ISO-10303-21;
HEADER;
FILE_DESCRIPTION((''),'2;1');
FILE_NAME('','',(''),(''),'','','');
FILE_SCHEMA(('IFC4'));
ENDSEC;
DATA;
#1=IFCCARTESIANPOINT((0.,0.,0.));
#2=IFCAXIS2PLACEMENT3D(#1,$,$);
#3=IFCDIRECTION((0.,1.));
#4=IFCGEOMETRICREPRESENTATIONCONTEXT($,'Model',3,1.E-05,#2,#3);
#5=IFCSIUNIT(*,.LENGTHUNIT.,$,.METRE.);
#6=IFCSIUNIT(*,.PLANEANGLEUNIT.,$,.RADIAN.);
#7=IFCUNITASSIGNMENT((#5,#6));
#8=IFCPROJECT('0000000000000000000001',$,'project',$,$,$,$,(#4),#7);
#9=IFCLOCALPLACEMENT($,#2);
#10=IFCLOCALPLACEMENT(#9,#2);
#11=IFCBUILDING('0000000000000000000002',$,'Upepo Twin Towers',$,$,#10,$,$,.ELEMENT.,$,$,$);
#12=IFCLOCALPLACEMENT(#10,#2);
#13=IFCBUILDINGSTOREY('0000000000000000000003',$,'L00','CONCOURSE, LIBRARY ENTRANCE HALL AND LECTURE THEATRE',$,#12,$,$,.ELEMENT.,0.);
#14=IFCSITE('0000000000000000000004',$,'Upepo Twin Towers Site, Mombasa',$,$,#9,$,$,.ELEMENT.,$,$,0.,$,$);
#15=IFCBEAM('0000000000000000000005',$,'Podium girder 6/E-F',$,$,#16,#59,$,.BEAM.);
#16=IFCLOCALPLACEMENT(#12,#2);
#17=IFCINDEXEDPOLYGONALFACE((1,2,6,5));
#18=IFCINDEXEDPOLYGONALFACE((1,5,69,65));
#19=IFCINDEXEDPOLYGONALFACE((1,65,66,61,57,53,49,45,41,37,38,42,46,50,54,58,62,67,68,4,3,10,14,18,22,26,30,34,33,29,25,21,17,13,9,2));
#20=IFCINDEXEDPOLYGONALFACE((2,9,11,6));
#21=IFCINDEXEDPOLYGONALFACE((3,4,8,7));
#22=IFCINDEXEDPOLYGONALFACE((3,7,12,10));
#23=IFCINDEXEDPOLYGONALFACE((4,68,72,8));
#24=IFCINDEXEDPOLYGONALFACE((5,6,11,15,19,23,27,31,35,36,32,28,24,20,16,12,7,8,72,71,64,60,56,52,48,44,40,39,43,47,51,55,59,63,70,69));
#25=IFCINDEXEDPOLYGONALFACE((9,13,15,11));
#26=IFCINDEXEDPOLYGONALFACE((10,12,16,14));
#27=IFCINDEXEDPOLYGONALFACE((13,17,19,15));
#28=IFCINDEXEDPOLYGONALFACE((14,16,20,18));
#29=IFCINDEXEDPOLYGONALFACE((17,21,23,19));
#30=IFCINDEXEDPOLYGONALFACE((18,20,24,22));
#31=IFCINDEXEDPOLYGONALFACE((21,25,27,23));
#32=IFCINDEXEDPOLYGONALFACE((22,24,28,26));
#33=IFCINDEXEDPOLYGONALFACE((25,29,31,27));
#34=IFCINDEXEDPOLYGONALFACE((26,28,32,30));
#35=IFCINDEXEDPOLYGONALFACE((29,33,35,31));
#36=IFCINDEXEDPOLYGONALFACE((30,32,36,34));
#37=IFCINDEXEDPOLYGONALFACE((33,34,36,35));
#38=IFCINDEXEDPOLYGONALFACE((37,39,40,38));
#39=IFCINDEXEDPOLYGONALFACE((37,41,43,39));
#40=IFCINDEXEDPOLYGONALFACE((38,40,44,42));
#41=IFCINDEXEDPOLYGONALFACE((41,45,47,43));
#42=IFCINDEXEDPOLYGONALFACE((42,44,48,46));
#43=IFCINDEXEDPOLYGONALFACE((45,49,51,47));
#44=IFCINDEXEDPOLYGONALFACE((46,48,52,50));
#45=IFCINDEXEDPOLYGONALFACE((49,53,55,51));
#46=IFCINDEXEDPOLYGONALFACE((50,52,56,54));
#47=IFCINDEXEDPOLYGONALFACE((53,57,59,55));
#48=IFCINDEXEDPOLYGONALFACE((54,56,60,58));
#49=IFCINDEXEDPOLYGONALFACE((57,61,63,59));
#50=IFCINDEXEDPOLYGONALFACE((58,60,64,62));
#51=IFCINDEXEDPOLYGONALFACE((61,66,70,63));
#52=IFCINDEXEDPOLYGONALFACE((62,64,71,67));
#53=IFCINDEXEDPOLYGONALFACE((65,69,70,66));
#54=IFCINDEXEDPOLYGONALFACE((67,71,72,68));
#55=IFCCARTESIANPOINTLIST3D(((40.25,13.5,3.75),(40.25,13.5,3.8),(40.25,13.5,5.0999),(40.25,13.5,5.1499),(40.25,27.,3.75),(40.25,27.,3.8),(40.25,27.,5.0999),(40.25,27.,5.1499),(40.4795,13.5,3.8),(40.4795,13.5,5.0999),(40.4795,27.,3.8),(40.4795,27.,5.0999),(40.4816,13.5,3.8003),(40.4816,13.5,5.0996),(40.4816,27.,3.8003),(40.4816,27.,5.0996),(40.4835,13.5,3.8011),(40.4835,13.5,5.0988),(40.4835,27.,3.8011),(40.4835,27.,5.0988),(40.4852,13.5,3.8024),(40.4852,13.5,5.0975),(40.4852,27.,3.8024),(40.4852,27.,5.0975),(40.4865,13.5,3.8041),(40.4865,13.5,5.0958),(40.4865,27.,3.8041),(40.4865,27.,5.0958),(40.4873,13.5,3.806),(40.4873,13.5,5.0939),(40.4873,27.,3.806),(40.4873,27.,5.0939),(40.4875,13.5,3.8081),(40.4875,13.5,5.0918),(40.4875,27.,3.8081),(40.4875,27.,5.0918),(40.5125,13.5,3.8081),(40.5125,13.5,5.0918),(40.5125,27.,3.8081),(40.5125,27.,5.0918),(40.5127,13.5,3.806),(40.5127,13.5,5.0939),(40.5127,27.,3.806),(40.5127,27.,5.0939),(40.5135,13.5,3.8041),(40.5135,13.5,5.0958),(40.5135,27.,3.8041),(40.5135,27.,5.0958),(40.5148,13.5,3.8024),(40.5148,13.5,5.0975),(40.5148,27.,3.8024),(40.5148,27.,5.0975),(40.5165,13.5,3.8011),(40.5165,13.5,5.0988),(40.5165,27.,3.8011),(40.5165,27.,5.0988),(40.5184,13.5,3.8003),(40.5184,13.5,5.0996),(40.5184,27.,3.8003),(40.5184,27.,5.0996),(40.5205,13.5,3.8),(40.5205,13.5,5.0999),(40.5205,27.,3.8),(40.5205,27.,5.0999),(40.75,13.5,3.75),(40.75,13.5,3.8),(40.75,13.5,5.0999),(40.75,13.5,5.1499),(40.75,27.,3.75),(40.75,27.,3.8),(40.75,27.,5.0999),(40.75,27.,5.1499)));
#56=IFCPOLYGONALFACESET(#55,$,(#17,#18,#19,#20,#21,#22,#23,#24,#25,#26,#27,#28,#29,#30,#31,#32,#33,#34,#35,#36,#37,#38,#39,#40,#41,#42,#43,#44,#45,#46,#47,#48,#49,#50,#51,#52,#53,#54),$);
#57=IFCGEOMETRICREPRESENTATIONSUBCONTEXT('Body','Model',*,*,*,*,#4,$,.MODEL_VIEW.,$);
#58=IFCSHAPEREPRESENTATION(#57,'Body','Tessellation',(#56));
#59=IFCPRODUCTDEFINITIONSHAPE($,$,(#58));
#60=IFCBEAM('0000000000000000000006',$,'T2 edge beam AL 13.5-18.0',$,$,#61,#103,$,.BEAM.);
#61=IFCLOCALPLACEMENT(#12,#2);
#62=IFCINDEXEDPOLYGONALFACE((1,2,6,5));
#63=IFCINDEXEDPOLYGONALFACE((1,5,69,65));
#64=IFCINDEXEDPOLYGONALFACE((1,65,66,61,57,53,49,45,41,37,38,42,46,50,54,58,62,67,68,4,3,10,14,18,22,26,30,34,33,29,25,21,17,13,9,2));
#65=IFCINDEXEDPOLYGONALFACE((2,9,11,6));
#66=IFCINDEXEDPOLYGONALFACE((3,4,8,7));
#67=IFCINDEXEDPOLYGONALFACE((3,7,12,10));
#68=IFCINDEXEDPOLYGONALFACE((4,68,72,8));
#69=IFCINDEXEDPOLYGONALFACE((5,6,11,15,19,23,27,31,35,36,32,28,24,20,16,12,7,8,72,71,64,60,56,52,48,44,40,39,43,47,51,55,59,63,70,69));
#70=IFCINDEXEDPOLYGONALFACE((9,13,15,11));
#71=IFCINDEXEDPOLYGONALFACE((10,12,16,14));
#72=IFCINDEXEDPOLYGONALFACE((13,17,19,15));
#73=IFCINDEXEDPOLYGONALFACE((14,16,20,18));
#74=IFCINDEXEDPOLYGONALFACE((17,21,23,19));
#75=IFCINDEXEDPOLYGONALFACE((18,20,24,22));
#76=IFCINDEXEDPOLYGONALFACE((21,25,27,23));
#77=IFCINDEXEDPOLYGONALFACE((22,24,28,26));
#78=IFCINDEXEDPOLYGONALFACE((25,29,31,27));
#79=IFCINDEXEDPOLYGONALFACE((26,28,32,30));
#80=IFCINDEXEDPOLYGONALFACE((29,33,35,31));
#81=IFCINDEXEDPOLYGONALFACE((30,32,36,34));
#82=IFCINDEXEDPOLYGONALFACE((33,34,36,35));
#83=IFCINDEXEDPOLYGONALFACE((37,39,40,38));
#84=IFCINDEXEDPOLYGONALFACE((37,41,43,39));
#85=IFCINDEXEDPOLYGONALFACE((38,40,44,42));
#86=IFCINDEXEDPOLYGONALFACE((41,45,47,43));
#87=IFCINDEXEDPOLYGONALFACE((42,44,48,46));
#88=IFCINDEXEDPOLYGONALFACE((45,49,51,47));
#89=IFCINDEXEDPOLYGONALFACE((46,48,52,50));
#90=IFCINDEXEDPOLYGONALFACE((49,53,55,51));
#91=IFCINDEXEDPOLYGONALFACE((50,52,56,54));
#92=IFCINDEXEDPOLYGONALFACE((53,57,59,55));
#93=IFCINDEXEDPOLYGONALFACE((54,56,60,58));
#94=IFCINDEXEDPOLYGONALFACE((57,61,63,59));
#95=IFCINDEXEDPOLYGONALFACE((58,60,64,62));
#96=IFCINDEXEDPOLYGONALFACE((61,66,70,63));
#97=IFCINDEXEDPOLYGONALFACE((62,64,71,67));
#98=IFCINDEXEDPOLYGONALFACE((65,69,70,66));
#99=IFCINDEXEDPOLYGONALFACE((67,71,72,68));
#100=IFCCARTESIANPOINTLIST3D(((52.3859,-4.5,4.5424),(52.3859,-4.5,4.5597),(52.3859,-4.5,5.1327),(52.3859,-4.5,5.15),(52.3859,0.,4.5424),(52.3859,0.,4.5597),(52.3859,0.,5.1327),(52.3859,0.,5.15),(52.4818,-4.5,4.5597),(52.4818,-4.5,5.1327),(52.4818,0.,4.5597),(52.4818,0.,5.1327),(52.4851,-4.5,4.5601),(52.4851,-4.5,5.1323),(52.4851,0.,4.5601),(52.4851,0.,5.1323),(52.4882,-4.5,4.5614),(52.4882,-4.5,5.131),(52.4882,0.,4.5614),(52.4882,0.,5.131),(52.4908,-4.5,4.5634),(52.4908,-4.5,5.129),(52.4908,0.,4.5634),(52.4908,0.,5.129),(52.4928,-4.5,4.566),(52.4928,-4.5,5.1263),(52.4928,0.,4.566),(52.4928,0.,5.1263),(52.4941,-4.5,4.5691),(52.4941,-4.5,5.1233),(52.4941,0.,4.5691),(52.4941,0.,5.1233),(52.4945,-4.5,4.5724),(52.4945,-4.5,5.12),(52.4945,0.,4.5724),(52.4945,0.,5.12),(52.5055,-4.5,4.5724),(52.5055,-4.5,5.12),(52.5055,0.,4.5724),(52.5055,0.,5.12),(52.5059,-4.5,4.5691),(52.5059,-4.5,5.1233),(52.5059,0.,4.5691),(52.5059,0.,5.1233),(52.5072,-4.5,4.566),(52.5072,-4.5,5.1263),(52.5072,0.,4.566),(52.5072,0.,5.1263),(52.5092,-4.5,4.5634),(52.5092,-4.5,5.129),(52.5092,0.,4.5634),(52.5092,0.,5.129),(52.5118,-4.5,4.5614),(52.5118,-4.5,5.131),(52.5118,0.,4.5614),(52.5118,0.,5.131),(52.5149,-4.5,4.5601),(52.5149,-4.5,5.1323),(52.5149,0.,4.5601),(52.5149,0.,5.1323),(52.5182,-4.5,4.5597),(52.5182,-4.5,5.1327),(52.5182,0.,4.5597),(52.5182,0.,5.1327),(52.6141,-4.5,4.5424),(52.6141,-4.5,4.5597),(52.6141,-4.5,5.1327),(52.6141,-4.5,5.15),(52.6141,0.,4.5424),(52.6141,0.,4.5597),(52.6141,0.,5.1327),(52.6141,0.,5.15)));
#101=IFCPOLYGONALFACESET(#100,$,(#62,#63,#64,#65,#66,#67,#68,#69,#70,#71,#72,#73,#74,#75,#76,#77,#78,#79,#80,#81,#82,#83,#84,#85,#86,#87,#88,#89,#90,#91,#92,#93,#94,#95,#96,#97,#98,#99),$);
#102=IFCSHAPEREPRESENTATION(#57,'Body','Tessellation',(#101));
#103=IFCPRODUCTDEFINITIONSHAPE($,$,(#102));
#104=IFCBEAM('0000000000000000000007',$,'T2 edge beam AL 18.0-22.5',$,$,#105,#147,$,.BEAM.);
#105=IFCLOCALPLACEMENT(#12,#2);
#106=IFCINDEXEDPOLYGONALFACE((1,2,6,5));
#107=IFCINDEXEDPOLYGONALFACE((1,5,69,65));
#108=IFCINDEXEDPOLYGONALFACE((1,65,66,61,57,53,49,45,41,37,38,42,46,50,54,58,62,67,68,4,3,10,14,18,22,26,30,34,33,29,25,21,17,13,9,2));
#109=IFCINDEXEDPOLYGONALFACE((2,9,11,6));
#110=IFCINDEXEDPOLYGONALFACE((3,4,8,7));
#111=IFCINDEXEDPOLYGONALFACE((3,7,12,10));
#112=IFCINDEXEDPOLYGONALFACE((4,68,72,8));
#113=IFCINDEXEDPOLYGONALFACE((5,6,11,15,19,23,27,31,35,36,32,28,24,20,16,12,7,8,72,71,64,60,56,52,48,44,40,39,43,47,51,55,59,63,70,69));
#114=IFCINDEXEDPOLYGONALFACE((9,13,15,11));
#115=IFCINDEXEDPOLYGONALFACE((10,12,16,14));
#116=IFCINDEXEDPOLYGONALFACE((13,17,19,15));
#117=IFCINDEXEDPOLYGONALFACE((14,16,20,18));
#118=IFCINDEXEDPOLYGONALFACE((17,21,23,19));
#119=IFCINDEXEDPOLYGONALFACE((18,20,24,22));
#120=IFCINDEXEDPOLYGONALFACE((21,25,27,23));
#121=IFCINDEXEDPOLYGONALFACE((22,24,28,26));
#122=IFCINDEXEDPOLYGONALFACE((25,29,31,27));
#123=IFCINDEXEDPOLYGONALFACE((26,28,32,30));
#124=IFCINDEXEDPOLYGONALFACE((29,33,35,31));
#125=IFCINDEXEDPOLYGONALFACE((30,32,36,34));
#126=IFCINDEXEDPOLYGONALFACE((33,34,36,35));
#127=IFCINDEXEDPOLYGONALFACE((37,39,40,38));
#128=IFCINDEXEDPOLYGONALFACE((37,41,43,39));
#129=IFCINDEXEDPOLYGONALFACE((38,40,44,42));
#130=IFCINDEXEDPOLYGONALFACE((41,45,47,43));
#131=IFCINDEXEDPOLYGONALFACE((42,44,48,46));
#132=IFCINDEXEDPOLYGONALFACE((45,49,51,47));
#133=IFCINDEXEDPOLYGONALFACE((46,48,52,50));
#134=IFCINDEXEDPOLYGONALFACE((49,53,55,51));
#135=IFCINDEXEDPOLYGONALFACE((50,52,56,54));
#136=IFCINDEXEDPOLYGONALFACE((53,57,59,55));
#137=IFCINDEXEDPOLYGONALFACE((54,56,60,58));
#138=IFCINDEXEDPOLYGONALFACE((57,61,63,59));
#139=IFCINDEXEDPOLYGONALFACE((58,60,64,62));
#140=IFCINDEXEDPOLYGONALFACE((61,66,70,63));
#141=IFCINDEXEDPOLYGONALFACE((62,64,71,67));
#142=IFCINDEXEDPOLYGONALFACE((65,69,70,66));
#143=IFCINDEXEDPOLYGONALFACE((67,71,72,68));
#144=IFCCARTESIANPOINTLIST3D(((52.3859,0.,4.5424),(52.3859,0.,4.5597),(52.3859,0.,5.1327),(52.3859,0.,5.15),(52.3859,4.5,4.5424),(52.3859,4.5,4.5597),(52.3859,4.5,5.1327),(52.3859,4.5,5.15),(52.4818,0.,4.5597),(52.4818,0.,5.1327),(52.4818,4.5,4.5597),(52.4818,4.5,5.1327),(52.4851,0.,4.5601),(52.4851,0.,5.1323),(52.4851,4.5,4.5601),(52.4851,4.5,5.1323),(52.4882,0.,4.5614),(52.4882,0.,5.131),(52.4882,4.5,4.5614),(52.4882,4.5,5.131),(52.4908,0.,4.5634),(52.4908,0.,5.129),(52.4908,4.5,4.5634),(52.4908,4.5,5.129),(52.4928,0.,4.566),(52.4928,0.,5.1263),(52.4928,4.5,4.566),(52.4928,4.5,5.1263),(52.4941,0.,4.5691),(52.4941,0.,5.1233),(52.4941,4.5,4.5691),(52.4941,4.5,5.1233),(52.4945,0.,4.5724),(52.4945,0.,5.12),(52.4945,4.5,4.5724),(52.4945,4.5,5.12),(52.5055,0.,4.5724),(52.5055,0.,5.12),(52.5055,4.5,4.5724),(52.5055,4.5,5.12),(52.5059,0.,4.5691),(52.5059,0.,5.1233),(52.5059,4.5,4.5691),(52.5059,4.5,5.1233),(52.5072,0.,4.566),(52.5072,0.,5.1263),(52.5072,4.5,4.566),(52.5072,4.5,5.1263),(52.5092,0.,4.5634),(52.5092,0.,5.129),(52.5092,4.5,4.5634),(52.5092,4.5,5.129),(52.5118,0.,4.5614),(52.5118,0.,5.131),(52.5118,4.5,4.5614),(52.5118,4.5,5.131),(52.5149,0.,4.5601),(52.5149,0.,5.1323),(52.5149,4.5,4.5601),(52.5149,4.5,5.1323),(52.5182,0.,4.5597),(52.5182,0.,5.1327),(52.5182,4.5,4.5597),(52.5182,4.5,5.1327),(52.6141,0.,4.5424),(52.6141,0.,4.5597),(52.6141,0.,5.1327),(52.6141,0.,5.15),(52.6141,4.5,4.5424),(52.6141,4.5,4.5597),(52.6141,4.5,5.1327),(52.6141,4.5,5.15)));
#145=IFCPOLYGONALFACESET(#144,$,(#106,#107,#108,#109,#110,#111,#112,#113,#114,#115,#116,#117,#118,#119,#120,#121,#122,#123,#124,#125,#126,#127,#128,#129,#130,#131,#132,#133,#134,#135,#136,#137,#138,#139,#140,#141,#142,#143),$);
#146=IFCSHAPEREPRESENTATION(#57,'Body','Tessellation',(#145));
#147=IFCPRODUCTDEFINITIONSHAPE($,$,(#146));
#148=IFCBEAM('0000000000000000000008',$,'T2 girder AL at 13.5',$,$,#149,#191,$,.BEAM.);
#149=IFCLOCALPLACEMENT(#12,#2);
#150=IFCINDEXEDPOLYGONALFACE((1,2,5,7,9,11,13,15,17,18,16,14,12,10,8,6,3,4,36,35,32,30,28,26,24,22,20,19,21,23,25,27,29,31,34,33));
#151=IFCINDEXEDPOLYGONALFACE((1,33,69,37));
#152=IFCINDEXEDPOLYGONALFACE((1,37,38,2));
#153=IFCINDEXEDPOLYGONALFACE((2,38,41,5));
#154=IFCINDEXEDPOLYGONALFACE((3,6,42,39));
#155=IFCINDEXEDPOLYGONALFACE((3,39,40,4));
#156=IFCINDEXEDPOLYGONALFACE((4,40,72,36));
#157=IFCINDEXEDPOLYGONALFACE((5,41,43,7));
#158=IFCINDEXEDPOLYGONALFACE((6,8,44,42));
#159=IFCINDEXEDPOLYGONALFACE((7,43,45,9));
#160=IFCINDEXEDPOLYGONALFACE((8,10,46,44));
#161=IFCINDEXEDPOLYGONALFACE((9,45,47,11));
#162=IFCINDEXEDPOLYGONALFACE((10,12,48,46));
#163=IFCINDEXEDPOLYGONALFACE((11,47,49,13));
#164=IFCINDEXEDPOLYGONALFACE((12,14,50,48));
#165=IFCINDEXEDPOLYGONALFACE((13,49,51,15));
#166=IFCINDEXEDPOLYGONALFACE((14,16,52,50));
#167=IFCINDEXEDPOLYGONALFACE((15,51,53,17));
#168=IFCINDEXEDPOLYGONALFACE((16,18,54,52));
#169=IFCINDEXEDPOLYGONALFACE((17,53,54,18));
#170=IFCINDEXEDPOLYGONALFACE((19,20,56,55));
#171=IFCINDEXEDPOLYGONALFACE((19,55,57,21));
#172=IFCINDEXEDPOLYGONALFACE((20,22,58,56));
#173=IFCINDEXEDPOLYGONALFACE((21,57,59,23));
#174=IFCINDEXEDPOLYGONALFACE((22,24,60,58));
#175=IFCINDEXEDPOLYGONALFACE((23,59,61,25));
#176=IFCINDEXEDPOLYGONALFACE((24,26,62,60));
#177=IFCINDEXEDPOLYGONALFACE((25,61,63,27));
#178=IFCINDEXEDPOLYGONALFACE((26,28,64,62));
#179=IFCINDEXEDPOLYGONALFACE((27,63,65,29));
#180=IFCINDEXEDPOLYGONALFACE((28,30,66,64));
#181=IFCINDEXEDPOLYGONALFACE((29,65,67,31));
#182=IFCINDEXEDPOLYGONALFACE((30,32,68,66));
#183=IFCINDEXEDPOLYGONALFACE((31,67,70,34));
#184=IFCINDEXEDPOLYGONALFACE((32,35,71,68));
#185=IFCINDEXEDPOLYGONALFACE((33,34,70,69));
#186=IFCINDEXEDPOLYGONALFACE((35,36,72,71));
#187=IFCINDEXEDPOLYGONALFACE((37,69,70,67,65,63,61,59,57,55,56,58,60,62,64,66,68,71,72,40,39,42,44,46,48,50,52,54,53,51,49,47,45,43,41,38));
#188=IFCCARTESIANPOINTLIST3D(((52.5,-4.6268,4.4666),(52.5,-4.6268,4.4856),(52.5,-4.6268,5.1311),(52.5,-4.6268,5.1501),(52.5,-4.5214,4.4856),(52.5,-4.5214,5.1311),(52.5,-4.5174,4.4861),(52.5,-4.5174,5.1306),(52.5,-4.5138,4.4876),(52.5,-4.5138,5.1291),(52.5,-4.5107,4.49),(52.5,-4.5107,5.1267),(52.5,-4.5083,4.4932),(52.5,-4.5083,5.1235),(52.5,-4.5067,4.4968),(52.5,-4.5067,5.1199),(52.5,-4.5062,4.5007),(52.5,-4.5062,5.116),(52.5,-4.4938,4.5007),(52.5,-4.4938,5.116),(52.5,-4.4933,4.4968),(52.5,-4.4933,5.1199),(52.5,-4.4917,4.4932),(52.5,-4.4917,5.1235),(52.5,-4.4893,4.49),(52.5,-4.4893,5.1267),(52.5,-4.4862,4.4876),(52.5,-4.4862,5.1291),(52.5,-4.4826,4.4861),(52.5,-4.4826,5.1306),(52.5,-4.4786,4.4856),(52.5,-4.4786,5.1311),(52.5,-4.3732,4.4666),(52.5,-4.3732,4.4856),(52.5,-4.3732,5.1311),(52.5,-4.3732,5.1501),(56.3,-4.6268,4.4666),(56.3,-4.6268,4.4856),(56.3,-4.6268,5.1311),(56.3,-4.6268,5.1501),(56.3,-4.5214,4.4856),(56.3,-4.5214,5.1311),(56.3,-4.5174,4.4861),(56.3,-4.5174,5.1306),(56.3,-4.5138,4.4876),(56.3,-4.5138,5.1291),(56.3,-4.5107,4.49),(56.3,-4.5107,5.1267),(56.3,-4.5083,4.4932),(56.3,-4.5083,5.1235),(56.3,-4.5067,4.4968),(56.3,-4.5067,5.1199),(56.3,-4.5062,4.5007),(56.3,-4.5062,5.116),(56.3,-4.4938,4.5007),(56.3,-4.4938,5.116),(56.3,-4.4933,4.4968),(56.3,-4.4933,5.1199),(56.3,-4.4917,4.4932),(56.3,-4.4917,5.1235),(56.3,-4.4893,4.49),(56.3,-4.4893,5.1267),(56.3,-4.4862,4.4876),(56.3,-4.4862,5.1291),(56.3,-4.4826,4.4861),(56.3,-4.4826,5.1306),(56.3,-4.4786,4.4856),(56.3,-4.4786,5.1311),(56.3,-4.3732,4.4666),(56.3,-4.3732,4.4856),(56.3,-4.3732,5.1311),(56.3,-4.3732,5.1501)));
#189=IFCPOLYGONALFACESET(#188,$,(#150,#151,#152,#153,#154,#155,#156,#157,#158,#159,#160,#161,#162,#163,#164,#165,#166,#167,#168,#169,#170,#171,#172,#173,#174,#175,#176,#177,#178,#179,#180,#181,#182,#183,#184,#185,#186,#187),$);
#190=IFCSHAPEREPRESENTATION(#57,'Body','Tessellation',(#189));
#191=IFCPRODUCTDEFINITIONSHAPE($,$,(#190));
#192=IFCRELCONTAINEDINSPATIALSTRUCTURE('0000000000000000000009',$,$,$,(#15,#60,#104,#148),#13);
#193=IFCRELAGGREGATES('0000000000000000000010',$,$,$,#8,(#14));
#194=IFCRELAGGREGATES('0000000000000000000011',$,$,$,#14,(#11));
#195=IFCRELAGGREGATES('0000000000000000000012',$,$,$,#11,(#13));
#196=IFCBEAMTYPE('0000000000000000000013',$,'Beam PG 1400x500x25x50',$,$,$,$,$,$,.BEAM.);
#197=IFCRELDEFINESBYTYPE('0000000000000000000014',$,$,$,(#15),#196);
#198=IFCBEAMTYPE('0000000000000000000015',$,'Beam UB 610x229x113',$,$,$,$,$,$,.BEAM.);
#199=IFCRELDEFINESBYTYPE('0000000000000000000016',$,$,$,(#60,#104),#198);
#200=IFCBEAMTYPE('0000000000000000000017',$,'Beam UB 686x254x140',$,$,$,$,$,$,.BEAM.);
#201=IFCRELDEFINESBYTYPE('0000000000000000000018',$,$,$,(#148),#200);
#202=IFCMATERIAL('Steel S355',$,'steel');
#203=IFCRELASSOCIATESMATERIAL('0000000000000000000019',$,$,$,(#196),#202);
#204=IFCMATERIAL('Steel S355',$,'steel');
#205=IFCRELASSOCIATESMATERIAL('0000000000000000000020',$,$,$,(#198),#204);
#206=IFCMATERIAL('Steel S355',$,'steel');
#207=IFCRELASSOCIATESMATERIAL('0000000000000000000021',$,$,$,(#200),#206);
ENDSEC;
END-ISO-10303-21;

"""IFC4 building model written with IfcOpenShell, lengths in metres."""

from ifc_helpers import new_model, si_unit, direction, frame, origin, origin_2d, place, context, subcontext, project, spatial, i_section, extrude, material, material_profile, profile_set, type_object, element, save


model = new_model("IFC4")

# Units and contexts
model_context = context("Model", 3, precision=1e-05, world=origin(), true_north=direction((0.0, 1.0)))
body_context = subcontext(model_context, "Body", "Model", "MODEL_VIEW")
ifc_project = project(units=[si_unit("LENGTHUNIT", "METRE"), si_unit("PLANEANGLEUNIT", "RADIAN")], contexts=[model_context])

# Site, building, storey
site_placement = place(None, origin())
site = spatial("IfcSite", under=ifc_project, at=site_placement, Name="Upepo Twin Towers Site, Mombasa", CompositionType="ELEMENT", RefElevation=0.0)
building_placement = place(site_placement, origin())
building = spatial("IfcBuilding", under=site, at=building_placement, Name="Upepo Twin Towers", CompositionType="ELEMENT")
storey_placement = place(building_placement, origin())
storey = spatial("IfcBuildingStorey", under=building, at=storey_placement, Name="L00", Description="CONCOURSE, LIBRARY ENTRANCE HALL AND LECTURE THEATRE", CompositionType="ELEMENT", Elevation=0.0)

# Beams
ifc_material_1 = material(Name="Steel S355", Category="steel")
ifc_material_profile_1 = material_profile(ifc_material_1, i_section(OverallWidth=0.5, OverallDepth=1.3999, WebThickness=0.0249, FlangeThickness=0.05, FilletRadius=0.0081, at=origin_2d()), Name="PG 1400x500x25x50")
ifc_profile_set_1 = profile_set([ifc_material_profile_1], Name="Steel S355")
beam_type_1 = type_object("IfcBeamType", Name="Beam PG 1400x500x25x50", PredefinedType="BEAM", material=ifc_profile_set_1)
for number, where, z_axis, x_axis, name in (
    (1, (40.5, 13.5, 4.45), (0.0, 1.0, 0.0), (-1.0, 0.0, 0.0), "Podium girder 6/E-F"),
):
    element("IfcBeam", number, at=place(storey_placement, frame(where, z_axis=z_axis, x_axis=x_axis)), inside=storey, type_object=beam_type_1, Name=name, PredefinedType="BEAM", context=body_context, shape_type="SweptSolid", body=[
        extrude(i_section(OverallWidth=0.5, OverallDepth=1.3999, WebThickness=0.0249, FlangeThickness=0.05, FilletRadius=0.0081, at=origin_2d()), origin(), (0.0, 0.0, 1.0), 13.5),
    ])
ifc_material_2 = material(Name="Steel S355", Category="steel")
ifc_material_profile_2 = material_profile(ifc_material_2, i_section(OverallWidth=0.2283, OverallDepth=0.6077, WebThickness=0.011, FlangeThickness=0.0173, FilletRadius=0.0127, at=origin_2d()), Name="UB 610x229x113")
ifc_profile_set_2 = profile_set([ifc_material_profile_2], Name="Steel S355")
beam_type_2 = type_object("IfcBeamType", Name="Beam UB 610x229x113", PredefinedType="BEAM", material=ifc_profile_set_2)
for number, where, z_axis, x_axis, name in (
    (2, (52.5, -4.5, 4.8462), (0.0, 1.0, 0.0), (-1.0, 0.0, 0.0), "T2 edge beam AL 13.5-18.0"),
    (3, (52.5, 0.0, 4.8462), (0.0, 1.0, 0.0), (-1.0, 0.0, 0.0), "T2 edge beam AL 18.0-22.5"),
):
    element("IfcBeam", number, at=place(storey_placement, frame(where, z_axis=z_axis, x_axis=x_axis)), inside=storey, type_object=beam_type_2, Name=name, PredefinedType="BEAM", context=body_context, shape_type="SweptSolid", body=[
        extrude(i_section(OverallWidth=0.2283, OverallDepth=0.6077, WebThickness=0.011, FlangeThickness=0.0173, FilletRadius=0.0127, at=origin_2d()), origin(), (0.0, 0.0, 1.0), 4.5),
    ])
ifc_material_3 = material(Name="Steel S355", Category="steel")
ifc_material_profile_3 = material_profile(ifc_material_3, i_section(OverallWidth=0.2537, OverallDepth=0.6836, WebThickness=0.0125, FlangeThickness=0.019, FilletRadius=0.0151, at=origin_2d()), Name="UB 686x254x140")
ifc_profile_set_3 = profile_set([ifc_material_profile_3], Name="Steel S355")
beam_type_3 = type_object("IfcBeamType", Name="Beam UB 686x254x140", PredefinedType="BEAM", material=ifc_profile_set_3)
for number, where, z_axis, x_axis, name in (
    (4, (52.5, -4.5, 4.8083), (1.0, 0.0, 0.0), (0.0, 1.0, 0.0), "T2 girder AL at 13.5"),
):
    element("IfcBeam", number, at=place(storey_placement, frame(where, z_axis=z_axis, x_axis=x_axis)), inside=storey, type_object=beam_type_3, Name=name, PredefinedType="BEAM", context=body_context, shape_type="SweptSolid", body=[
        extrude(i_section(OverallWidth=0.2537, OverallDepth=0.6836, WebThickness=0.0125, FlangeThickness=0.019, FilletRadius=0.0151, at=origin_2d()), origin(), (0.0, 0.0, 1.0), 3.8),
    ])

save(model, "model.ifc")
